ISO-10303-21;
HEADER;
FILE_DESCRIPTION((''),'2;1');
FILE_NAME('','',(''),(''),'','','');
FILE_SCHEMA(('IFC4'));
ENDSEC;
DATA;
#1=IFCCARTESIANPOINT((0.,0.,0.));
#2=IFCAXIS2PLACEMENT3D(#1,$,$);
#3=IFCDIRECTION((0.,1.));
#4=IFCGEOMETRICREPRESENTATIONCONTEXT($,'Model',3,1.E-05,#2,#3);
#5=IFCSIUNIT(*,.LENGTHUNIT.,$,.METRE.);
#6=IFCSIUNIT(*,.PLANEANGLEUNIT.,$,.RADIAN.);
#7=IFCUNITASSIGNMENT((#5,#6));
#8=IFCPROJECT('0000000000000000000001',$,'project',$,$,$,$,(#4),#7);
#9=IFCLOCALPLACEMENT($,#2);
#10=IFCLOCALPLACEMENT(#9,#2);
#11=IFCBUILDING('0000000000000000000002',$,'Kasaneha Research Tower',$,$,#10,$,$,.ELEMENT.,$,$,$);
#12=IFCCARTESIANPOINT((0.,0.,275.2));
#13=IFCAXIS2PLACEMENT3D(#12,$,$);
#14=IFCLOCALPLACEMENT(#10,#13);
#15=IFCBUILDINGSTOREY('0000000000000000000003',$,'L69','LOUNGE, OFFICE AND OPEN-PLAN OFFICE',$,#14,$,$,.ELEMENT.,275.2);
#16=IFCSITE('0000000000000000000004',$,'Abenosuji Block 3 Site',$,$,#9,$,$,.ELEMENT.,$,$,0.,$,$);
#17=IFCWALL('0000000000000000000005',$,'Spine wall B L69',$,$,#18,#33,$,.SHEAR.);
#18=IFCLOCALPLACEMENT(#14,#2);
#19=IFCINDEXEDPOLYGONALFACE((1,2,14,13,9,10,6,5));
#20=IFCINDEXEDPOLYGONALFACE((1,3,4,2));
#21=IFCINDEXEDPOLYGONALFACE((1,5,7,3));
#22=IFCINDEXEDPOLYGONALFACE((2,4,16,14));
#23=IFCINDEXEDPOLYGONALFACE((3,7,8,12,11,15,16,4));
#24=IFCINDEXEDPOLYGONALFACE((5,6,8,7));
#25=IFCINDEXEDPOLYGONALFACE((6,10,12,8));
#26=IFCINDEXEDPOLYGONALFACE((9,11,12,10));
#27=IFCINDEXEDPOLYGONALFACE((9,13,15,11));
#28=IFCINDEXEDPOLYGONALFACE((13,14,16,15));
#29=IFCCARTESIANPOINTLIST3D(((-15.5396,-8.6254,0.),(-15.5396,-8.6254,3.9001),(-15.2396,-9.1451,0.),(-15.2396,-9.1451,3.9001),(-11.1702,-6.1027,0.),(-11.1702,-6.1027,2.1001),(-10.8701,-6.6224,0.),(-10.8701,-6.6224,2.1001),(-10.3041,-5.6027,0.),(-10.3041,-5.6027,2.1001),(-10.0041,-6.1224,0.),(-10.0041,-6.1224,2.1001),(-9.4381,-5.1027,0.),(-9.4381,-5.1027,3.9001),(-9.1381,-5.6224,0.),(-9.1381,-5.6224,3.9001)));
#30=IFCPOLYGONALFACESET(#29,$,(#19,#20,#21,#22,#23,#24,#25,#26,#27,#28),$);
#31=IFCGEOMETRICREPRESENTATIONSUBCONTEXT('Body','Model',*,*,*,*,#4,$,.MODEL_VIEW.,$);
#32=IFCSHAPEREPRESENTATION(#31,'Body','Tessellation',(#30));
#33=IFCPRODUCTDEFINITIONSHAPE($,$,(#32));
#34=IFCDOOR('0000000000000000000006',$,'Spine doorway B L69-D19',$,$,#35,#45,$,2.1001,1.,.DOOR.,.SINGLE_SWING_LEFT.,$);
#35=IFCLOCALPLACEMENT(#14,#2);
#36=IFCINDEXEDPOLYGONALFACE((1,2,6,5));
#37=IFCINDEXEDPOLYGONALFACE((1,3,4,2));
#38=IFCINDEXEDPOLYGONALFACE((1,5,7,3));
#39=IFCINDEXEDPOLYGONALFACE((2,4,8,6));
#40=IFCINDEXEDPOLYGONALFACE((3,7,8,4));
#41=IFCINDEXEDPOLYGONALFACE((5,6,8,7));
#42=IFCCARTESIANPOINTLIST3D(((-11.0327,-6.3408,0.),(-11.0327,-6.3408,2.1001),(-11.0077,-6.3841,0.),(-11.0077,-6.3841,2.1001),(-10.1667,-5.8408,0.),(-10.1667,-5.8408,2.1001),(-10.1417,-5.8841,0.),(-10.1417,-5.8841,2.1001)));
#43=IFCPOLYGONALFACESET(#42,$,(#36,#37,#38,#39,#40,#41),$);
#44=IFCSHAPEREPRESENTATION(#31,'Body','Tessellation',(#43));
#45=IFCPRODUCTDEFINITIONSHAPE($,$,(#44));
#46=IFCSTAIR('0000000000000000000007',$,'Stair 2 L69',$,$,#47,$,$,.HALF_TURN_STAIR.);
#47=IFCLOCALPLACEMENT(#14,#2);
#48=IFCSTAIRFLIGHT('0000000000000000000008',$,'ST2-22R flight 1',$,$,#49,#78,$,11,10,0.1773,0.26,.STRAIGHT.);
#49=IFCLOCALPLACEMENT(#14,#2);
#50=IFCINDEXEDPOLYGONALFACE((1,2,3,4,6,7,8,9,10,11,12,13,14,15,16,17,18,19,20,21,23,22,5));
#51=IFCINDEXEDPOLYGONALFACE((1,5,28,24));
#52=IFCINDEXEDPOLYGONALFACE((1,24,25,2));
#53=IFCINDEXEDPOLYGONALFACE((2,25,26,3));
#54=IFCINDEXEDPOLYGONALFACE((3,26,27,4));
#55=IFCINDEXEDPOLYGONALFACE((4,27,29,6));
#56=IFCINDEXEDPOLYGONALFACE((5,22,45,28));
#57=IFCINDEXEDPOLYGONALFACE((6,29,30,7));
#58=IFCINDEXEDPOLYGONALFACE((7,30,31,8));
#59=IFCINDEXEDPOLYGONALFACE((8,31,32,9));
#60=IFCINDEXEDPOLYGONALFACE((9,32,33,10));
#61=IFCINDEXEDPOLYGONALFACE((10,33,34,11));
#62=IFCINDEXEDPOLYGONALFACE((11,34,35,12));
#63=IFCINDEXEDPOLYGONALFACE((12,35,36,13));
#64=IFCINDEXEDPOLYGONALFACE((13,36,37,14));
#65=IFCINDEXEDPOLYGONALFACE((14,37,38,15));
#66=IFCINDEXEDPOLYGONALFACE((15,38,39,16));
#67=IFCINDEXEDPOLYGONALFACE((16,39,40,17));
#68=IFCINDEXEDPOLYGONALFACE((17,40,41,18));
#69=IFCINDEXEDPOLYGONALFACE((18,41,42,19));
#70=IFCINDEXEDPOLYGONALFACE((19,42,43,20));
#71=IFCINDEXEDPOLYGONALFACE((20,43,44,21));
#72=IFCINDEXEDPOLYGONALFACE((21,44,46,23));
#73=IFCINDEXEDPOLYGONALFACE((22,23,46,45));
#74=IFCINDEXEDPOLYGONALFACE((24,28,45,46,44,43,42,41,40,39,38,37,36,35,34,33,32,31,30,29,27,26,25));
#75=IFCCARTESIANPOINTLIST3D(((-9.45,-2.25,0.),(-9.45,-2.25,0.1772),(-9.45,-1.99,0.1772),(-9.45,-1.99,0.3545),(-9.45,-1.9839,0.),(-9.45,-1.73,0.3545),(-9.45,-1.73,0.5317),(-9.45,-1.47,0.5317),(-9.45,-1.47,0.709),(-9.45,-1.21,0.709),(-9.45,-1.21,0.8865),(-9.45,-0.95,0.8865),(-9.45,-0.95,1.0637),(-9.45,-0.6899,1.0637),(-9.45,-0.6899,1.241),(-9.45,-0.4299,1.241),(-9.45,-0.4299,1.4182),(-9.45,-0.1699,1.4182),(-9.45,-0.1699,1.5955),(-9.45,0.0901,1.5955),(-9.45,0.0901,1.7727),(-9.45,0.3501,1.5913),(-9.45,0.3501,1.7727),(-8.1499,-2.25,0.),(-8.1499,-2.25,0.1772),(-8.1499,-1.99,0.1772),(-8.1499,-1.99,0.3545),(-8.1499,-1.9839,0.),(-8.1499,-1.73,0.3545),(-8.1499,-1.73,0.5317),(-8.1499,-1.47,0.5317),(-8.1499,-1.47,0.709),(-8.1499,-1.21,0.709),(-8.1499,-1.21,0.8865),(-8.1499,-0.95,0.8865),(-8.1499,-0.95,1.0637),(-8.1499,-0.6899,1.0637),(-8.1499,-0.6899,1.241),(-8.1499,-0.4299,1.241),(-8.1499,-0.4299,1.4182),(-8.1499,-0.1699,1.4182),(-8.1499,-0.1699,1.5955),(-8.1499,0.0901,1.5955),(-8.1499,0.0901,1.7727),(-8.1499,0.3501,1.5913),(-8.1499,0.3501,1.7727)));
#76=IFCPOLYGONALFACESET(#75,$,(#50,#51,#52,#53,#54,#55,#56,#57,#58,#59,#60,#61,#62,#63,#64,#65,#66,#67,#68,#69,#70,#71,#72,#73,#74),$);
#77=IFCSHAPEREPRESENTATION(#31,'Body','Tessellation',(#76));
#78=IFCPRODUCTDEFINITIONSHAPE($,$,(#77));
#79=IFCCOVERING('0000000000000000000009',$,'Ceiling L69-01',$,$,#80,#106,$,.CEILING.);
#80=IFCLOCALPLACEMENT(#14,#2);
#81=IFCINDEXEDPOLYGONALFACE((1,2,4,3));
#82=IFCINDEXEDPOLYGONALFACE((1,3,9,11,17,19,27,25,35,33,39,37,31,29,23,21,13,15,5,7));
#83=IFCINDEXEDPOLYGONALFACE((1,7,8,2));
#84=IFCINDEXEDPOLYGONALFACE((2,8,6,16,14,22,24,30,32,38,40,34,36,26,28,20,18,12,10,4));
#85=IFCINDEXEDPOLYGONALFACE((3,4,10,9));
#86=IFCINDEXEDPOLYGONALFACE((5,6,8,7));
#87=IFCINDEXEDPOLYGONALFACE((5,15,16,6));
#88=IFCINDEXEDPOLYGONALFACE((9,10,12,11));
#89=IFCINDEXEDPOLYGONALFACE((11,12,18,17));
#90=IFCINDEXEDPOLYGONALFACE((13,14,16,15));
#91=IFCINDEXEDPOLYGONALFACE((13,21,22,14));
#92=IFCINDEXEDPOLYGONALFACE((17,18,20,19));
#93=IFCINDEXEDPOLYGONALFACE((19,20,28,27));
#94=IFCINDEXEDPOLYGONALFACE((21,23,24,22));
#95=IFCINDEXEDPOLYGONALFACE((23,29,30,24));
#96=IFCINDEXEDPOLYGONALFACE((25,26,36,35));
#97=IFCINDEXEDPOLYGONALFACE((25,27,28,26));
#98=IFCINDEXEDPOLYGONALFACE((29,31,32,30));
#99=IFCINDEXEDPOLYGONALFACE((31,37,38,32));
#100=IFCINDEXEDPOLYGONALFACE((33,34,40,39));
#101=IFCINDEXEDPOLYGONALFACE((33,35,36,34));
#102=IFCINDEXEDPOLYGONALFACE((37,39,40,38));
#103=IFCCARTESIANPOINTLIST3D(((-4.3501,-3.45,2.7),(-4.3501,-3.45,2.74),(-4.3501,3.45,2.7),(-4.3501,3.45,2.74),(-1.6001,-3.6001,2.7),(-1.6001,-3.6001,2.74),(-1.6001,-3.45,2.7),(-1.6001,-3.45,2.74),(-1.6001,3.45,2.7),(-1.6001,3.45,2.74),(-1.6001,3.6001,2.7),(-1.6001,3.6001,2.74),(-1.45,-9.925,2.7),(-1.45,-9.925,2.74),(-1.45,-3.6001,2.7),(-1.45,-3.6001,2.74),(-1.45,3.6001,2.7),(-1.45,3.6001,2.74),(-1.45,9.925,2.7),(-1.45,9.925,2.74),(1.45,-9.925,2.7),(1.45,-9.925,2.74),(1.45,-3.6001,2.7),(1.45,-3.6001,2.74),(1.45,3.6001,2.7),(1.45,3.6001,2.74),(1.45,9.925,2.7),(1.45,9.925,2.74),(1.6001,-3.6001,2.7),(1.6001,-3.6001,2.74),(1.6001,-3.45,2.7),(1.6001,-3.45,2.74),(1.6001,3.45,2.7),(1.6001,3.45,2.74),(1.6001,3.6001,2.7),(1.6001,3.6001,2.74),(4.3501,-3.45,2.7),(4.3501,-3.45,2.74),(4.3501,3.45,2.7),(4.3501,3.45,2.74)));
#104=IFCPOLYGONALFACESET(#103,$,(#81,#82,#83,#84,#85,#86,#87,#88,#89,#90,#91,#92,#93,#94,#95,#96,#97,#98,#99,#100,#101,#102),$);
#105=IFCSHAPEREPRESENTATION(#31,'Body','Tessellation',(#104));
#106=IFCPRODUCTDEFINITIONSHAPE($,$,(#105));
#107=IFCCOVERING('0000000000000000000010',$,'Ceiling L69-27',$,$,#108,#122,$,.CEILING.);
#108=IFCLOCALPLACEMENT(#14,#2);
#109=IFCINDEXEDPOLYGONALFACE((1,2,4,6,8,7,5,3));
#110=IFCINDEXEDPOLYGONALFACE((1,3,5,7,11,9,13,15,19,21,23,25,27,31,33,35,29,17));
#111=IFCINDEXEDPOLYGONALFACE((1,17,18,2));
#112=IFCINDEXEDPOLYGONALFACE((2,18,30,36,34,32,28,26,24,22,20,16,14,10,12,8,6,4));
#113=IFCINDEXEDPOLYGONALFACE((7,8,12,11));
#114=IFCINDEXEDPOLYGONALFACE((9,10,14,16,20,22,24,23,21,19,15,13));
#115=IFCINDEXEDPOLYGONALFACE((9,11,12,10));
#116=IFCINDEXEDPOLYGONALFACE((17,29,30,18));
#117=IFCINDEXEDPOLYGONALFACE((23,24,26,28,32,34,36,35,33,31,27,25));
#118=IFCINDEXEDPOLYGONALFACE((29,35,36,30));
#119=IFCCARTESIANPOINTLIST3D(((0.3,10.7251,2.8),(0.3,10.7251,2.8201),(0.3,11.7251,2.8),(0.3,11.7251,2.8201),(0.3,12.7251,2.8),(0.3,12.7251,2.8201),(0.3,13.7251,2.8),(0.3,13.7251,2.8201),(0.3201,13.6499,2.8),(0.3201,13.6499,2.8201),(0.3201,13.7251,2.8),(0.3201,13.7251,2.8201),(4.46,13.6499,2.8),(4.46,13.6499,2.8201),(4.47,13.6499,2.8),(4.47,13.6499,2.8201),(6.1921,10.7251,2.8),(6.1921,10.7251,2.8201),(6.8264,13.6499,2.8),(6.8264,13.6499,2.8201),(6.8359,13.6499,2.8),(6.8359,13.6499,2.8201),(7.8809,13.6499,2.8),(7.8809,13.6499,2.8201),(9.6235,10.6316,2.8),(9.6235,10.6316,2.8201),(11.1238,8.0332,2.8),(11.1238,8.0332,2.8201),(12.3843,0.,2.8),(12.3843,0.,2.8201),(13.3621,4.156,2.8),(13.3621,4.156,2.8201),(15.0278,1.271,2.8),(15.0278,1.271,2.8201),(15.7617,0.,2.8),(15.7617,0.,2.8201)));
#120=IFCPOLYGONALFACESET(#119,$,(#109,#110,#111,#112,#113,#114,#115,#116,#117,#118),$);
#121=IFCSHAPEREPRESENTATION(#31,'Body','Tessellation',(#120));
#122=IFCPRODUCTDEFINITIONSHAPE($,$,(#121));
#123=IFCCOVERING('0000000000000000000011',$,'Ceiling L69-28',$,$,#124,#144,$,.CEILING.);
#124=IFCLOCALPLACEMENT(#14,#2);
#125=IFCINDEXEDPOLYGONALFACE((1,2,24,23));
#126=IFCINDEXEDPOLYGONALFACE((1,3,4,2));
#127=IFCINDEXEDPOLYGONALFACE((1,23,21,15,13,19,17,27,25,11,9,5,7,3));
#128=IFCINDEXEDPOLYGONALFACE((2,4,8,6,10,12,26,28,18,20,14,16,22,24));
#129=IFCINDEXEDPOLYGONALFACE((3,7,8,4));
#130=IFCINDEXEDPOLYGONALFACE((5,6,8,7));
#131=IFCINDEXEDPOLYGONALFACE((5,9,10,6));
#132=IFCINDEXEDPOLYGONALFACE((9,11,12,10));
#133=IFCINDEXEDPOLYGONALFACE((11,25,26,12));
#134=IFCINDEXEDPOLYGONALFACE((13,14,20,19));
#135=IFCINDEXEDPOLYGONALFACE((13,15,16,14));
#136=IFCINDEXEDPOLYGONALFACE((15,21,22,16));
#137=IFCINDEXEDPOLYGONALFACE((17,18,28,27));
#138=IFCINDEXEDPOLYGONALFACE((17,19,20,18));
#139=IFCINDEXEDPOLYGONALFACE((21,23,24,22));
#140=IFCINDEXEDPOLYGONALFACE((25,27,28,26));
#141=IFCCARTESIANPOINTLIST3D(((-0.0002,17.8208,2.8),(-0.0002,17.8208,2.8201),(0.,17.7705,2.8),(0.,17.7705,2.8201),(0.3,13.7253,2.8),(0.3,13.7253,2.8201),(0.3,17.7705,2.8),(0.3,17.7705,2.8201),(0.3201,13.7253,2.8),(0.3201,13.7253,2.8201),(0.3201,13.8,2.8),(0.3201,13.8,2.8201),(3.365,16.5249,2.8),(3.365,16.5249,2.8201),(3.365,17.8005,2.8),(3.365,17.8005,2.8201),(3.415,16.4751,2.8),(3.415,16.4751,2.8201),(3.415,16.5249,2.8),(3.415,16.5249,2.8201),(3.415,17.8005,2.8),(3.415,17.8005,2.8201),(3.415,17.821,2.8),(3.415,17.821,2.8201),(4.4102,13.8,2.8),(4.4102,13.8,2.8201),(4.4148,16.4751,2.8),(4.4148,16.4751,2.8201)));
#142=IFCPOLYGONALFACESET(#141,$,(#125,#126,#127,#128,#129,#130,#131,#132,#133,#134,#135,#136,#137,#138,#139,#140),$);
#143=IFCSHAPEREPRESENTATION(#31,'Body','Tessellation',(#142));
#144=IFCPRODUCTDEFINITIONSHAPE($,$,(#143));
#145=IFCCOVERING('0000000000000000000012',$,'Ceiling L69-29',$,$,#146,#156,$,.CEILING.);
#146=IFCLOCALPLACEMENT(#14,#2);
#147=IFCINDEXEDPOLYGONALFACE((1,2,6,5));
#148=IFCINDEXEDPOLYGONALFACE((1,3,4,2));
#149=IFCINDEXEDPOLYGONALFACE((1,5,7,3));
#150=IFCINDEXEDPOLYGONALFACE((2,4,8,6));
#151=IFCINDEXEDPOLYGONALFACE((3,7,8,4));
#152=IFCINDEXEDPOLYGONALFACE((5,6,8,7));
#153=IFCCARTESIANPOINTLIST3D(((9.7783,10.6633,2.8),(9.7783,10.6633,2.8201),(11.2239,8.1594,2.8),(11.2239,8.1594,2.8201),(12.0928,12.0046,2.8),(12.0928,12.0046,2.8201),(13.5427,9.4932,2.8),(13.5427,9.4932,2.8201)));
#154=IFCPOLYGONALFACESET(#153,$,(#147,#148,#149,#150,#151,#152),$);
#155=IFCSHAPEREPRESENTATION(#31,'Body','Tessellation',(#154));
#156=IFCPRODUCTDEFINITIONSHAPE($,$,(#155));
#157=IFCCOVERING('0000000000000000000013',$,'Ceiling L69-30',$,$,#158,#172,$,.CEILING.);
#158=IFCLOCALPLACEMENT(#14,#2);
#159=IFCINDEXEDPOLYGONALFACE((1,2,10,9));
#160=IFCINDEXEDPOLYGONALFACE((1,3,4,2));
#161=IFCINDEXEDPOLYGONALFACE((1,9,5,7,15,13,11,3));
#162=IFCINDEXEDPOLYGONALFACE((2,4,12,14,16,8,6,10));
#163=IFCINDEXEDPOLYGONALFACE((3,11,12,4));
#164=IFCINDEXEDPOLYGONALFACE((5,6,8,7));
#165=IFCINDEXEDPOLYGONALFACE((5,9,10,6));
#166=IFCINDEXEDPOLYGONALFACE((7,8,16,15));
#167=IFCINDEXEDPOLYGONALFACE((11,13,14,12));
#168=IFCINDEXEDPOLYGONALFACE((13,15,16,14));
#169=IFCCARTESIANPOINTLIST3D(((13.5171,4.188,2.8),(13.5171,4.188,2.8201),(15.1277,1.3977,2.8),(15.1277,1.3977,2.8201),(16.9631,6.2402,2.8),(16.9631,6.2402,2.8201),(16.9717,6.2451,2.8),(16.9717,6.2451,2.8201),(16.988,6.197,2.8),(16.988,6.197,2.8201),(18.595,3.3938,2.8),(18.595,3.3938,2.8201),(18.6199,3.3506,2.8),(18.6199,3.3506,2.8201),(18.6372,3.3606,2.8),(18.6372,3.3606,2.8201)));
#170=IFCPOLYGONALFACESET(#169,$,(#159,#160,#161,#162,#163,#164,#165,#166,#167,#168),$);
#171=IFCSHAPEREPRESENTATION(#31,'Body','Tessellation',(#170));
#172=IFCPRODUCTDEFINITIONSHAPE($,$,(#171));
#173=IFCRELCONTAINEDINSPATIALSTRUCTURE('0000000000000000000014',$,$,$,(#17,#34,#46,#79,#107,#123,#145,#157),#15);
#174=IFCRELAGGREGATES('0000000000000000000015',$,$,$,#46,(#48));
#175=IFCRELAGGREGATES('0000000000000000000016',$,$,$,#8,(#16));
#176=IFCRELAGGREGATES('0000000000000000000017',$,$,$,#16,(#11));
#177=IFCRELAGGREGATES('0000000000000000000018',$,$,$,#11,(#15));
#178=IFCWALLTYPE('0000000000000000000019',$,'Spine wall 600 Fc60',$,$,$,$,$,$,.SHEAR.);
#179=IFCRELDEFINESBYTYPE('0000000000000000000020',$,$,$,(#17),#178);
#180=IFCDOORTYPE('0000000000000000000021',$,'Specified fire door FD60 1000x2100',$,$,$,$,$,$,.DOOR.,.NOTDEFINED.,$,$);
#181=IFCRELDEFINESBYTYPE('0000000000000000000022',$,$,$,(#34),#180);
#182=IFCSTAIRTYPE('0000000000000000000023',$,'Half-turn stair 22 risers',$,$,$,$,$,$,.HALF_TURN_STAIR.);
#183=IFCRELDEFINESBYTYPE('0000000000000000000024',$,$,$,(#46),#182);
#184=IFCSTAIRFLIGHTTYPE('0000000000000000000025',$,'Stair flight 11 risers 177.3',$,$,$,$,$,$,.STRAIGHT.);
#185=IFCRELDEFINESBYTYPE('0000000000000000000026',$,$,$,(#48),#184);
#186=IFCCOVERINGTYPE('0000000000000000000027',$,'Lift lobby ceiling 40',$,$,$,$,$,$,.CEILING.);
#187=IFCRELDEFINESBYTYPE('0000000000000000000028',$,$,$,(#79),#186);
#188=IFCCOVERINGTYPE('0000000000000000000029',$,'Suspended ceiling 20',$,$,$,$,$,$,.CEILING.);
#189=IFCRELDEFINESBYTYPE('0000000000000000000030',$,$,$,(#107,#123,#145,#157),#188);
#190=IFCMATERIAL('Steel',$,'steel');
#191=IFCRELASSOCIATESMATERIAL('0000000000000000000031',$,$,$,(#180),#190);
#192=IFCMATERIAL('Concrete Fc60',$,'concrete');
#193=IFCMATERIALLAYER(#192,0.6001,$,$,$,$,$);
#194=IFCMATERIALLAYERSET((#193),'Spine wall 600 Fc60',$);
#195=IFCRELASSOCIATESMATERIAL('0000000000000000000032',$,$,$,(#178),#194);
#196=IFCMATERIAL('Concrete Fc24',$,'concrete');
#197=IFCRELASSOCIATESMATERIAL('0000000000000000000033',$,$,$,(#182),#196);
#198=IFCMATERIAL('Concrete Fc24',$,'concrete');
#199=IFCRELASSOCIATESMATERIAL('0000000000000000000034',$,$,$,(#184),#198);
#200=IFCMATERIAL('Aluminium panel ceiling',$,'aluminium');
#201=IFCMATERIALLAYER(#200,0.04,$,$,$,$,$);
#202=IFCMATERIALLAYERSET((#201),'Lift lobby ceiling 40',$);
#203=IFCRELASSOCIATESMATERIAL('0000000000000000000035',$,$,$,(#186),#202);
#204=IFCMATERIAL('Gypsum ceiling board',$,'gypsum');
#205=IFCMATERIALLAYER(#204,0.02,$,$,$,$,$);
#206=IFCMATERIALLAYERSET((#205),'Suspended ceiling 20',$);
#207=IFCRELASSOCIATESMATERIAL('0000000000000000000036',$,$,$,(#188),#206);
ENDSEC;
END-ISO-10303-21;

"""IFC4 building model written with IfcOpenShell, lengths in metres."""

from ifc_helpers import new_model, si_unit, direction, frame, frame_2d, origin, place, context, subcontext, project, spatial, polyline, rectangle, outline, extrude, material, layer, layer_set, type_object, element, fill, aggregate, save


model = new_model("IFC4")

# Units and contexts
model_context = context("Model", 3, precision=1e-05, world=origin(), true_north=direction((0.0, 1.0)))
body_context = subcontext(model_context, "Body", "Model", "MODEL_VIEW")
ifc_project = project(units=[si_unit("LENGTHUNIT", "METRE"), si_unit("PLANEANGLEUNIT", "RADIAN")], contexts=[model_context])

# Site, building, storey
site_placement = place(None, origin())
site = spatial("IfcSite", under=ifc_project, at=site_placement, Name="Abenosuji Block 3 Site", CompositionType="ELEMENT", RefElevation=0.0)
building_placement = place(site_placement, origin())
building = spatial("IfcBuilding", under=site, at=building_placement, Name="Kasaneha Research Tower", CompositionType="ELEMENT")
storey_placement = place(building_placement, frame((0.0, 0.0, 275.2)))
storey = spatial("IfcBuildingStorey", under=building, at=storey_placement, Name="L69", Description="LOUNGE, OFFICE AND OPEN-PLAN OFFICE", CompositionType="ELEMENT", Elevation=275.2)

# Shared definitions
ifc_material_1 = material(Name="Steel", Category="steel")
door_type_1 = type_object("IfcDoorType", Name="Specified fire door FD60 1000x2100", OperationType="NOTDEFINED", PredefinedType="DOOR", material=ifc_material_1)

# Wall, opening, door
ifc_material_2 = material(Name="Concrete Fc60", Category="concrete")
ifc_layer_1 = layer(ifc_material_2, 0.6001)
ifc_layer_set_1 = layer_set([ifc_layer_1], Name="Spine wall 600 Fc60")
wall_type_1 = type_object("IfcWallType", Name="Spine wall 600 Fc60", PredefinedType="SHEAR", material=ifc_layer_set_1)
wall_1_placement = place(storey_placement, frame((-9.2881, -5.3625, 0.0), z_axis=(0.0, 0.0, 1.0), x_axis=(-0.866027, -0.499996, 0.0)))
wall_1 = element("IfcWall", 1, at=wall_1_placement, inside=storey, type_object=wall_type_1, Name="Spine wall B L69", PredefinedType="SHEAR", context=body_context, shape_type="SweptSolid", body=[
    extrude(rectangle(XDim=7.0454, YDim=0.6001, at=frame_2d((3.5227, 0.0))), origin(), (0.0, 0.0, 1.0), 3.9001),
])
opening_1_placement = place(wall_1_placement, frame((1.0, 0.0, 0.0)))
opening_1 = element("IfcOpeningElement", 2, at=opening_1_placement, cuts=wall_1, PredefinedType="OPENING", context=body_context, shape_type="SweptSolid", body=[
    extrude(rectangle(XDim=1.0, YDim=2.1001, at=frame_2d((0.5, 1.05))), frame((0.0, 0.3101, 0.0), z_axis=(0.0, -1.0, 0.0), x_axis=(1.0, 0.0, 0.0)), (0.0, 0.0, 1.0), 0.6201),
])
door_1_placement = place(opening_1_placement, origin())
door_1 = element("IfcDoor", 3, at=door_1_placement, inside=storey, type_object=door_type_1, Name="Spine doorway B L69-D19", OperationType="SINGLE_SWING_LEFT", OverallHeight=2.1001, OverallWidth=1.0, PredefinedType="DOOR", context=body_context, shape_type="SweptSolid", body=[
    extrude(rectangle(XDim=1.0, YDim=2.1001, at=frame_2d((0.5, 1.05))), frame((0.0, 0.0249, 0.0), z_axis=(0.0, -1.0, 0.0), x_axis=(1.0, 0.0, 0.0)), (0.0, 0.0, 1.0), 0.05),
])
fill(opening_1, door_1)

# Stair, stair flight
ifc_material_3 = material(Name="Concrete Fc24", Category="concrete")
stair_type = type_object("IfcStairType", Name="Half-turn stair 22 risers", PredefinedType="HALF_TURN_STAIR", material=ifc_material_3)
stair_placement = place(storey_placement, origin())
stair = element("IfcStair", 4, at=stair_placement, inside=storey, type_object=stair_type, Name="Stair 2 L69", PredefinedType="HALF_TURN_STAIR")
ifc_material_4 = material(Name="Concrete Fc24", Category="concrete")
stair_flight_type = type_object("IfcStairFlightType", Name="Stair flight 11 risers 177.3", PredefinedType="STRAIGHT", material=ifc_material_4)
stair_flight_placement = place(storey_placement, frame((-8.8, -2.25, 0.0), z_axis=(0.0, 0.0, 1.0), x_axis=(0.0, 1.0, 0.0)))
stair_flight = element("IfcStairFlight", 5, at=stair_flight_placement, type_object=stair_flight_type, Name="ST2-22R flight 1", NumberOfRisers=11, NumberOfTreads=10, PredefinedType="STRAIGHT", RiserHeight=0.1773, TreadLength=0.26, context=body_context, shape_type="SweptSolid", body=[
    extrude(outline(polyline([(0.0, 0.0), (0.0, 0.1772), (0.26, 0.1772), (0.26, 0.3545), (0.52, 0.3545), (0.52, 0.5317), (0.78, 0.5317), (0.78, 0.709), (1.04, 0.709), (1.04, 0.8865), (1.3, 0.8865), (1.3, 1.0637), (1.5601, 1.0637), (1.5601, 1.241), (1.8201, 1.241), (1.8201, 1.4182), (2.0801, 1.4182), (2.0801, 1.5955), (2.3401, 1.5955), (2.3401, 1.7727), (2.6001, 1.7727), (2.6001, 1.95), (2.6001, 1.5913), (0.2661, 0.0), (0.0, 0.0)])), frame((0.0, 0.6499, 0.0), z_axis=(0.0, -1.0, 0.0), x_axis=(1.0, 0.0, 0.0)), (0.0, 0.0, 1.0), 1.3),
])
aggregate(stair, [stair_flight])

# Coverings
ifc_material_5 = material(Name="Aluminium panel ceiling", Category="aluminium")
ifc_layer_2 = layer(ifc_material_5, 0.04)
ifc_layer_set_2 = layer_set([ifc_layer_2], Name="Lift lobby ceiling 40")
covering_type_1 = type_object("IfcCoveringType", Name="Lift lobby ceiling 40", PredefinedType="CEILING", material=ifc_layer_set_2)
covering_1_placement = place(storey_placement, frame((0.0, 0.0, 2.7)))
element("IfcCovering", 6, at=covering_1_placement, inside=storey, type_object=covering_type_1, Name="Ceiling L69-01", PredefinedType="CEILING", context=body_context, shape_type="SweptSolid", body=[
    extrude(outline(polyline([(1.45, 9.925), (1.45, 3.6001), (1.6001, 3.6001), (1.6001, 3.45), (4.3501, 3.45), (4.3501, -3.45), (1.6001, -3.45), (1.6001, -3.6001), (1.45, -3.6001), (1.45, -9.925), (-1.45, -9.925), (-1.45, -3.6001), (-1.6001, -3.6001), (-1.6001, -3.45), (-4.3501, -3.45), (-4.3501, 3.45), (-1.6001, 3.45), (-1.6001, 3.6001), (-1.45, 3.6001), (-1.45, 9.925), (1.45, 9.925)])), origin(), (0.0, 0.0, 1.0), 0.04),
])
ifc_material_6 = material(Name="Gypsum ceiling board", Category="gypsum")
ifc_layer_3 = layer(ifc_material_6, 0.02)
ifc_layer_set_3 = layer_set([ifc_layer_3], Name="Suspended ceiling 20")
covering_type_2 = type_object("IfcCoveringType", Name="Suspended ceiling 20", PredefinedType="CEILING", material=ifc_layer_set_3)
covering_2_placement = place(storey_placement, frame((0.0, 0.0, 2.8)))
element("IfcCovering", 7, at=covering_2_placement, inside=storey, type_object=covering_type_2, Name="Ceiling L69-27", PredefinedType="CEILING", context=body_context, shape_type="SweptSolid", body=[
    extrude(outline(polyline([(6.1921, 10.7251), (0.3, 10.7251), (0.3, 11.7251), (0.3, 12.7251), (0.3, 13.7251), (0.3201, 13.7251), (0.3201, 13.6499), (4.46, 13.6499), (4.47, 13.6499), (6.8264, 13.6499), (6.8359, 13.6499), (7.8809, 13.6499), (9.6235, 10.6316), (9.6235, 10.6316), (11.1238, 8.0332), (11.1238, 8.0332), (13.3621, 4.156), (13.3621, 4.156), (15.0278, 1.271), (15.0278, 1.271), (15.7617, 0.0), (12.3843, 0.0), (6.1921, 10.7251)])), origin(), (0.0, 0.0, 1.0), 0.02),
])
covering_3_placement = place(storey_placement, frame((0.0, 0.0, 2.8)))
element("IfcCovering", 8, at=covering_3_placement, inside=storey, type_object=covering_type_2, Name="Ceiling L69-28", PredefinedType="CEILING", context=body_context, shape_type="SweptSolid", body=[
    extrude(outline(polyline([(0.3, 13.7253), (0.3, 17.7705), (0.0, 17.7705), (-0.0002, 17.8208), (3.415, 17.821), (3.415, 17.8005), (3.365, 17.8005), (3.365, 16.5249), (3.415, 16.5249), (3.415, 16.5249), (3.415, 16.5249), (3.415, 16.4751), (4.4148, 16.4751), (4.4102, 13.8), (0.3201, 13.8), (0.3201, 13.7253), (0.3, 13.7253)])), origin(), (0.0, 0.0, 1.0), 0.02),
])
covering_4_placement = place(storey_placement, frame((0.0, 0.0, 2.8)))
element("IfcCovering", 9, at=covering_4_placement, inside=storey, type_object=covering_type_2, Name="Ceiling L69-29", PredefinedType="CEILING", context=body_context, shape_type="SweptSolid", body=[
    extrude(outline(polyline([(12.0928, 12.0046), (13.5427, 9.4932), (11.2239, 8.1594), (9.7783, 10.6633), (12.0928, 12.0046)])), origin(), (0.0, 0.0, 1.0), 0.02),
])
covering_5_placement = place(storey_placement, frame((0.0, 0.0, 2.8)))
element("IfcCovering", 10, at=covering_5_placement, inside=storey, type_object=covering_type_2, Name="Ceiling L69-30", PredefinedType="CEILING", context=body_context, shape_type="SweptSolid", body=[
    extrude(outline(polyline([(18.6199, 3.3506), (18.595, 3.3938), (15.1277, 1.3977), (13.5171, 4.188), (16.988, 6.197), (16.9631, 6.2402), (16.9717, 6.2451), (18.6372, 3.3606), (18.6199, 3.3506)])), origin(), (0.0, 0.0, 1.0), 0.02),
])

save(model, "model.ifc")
